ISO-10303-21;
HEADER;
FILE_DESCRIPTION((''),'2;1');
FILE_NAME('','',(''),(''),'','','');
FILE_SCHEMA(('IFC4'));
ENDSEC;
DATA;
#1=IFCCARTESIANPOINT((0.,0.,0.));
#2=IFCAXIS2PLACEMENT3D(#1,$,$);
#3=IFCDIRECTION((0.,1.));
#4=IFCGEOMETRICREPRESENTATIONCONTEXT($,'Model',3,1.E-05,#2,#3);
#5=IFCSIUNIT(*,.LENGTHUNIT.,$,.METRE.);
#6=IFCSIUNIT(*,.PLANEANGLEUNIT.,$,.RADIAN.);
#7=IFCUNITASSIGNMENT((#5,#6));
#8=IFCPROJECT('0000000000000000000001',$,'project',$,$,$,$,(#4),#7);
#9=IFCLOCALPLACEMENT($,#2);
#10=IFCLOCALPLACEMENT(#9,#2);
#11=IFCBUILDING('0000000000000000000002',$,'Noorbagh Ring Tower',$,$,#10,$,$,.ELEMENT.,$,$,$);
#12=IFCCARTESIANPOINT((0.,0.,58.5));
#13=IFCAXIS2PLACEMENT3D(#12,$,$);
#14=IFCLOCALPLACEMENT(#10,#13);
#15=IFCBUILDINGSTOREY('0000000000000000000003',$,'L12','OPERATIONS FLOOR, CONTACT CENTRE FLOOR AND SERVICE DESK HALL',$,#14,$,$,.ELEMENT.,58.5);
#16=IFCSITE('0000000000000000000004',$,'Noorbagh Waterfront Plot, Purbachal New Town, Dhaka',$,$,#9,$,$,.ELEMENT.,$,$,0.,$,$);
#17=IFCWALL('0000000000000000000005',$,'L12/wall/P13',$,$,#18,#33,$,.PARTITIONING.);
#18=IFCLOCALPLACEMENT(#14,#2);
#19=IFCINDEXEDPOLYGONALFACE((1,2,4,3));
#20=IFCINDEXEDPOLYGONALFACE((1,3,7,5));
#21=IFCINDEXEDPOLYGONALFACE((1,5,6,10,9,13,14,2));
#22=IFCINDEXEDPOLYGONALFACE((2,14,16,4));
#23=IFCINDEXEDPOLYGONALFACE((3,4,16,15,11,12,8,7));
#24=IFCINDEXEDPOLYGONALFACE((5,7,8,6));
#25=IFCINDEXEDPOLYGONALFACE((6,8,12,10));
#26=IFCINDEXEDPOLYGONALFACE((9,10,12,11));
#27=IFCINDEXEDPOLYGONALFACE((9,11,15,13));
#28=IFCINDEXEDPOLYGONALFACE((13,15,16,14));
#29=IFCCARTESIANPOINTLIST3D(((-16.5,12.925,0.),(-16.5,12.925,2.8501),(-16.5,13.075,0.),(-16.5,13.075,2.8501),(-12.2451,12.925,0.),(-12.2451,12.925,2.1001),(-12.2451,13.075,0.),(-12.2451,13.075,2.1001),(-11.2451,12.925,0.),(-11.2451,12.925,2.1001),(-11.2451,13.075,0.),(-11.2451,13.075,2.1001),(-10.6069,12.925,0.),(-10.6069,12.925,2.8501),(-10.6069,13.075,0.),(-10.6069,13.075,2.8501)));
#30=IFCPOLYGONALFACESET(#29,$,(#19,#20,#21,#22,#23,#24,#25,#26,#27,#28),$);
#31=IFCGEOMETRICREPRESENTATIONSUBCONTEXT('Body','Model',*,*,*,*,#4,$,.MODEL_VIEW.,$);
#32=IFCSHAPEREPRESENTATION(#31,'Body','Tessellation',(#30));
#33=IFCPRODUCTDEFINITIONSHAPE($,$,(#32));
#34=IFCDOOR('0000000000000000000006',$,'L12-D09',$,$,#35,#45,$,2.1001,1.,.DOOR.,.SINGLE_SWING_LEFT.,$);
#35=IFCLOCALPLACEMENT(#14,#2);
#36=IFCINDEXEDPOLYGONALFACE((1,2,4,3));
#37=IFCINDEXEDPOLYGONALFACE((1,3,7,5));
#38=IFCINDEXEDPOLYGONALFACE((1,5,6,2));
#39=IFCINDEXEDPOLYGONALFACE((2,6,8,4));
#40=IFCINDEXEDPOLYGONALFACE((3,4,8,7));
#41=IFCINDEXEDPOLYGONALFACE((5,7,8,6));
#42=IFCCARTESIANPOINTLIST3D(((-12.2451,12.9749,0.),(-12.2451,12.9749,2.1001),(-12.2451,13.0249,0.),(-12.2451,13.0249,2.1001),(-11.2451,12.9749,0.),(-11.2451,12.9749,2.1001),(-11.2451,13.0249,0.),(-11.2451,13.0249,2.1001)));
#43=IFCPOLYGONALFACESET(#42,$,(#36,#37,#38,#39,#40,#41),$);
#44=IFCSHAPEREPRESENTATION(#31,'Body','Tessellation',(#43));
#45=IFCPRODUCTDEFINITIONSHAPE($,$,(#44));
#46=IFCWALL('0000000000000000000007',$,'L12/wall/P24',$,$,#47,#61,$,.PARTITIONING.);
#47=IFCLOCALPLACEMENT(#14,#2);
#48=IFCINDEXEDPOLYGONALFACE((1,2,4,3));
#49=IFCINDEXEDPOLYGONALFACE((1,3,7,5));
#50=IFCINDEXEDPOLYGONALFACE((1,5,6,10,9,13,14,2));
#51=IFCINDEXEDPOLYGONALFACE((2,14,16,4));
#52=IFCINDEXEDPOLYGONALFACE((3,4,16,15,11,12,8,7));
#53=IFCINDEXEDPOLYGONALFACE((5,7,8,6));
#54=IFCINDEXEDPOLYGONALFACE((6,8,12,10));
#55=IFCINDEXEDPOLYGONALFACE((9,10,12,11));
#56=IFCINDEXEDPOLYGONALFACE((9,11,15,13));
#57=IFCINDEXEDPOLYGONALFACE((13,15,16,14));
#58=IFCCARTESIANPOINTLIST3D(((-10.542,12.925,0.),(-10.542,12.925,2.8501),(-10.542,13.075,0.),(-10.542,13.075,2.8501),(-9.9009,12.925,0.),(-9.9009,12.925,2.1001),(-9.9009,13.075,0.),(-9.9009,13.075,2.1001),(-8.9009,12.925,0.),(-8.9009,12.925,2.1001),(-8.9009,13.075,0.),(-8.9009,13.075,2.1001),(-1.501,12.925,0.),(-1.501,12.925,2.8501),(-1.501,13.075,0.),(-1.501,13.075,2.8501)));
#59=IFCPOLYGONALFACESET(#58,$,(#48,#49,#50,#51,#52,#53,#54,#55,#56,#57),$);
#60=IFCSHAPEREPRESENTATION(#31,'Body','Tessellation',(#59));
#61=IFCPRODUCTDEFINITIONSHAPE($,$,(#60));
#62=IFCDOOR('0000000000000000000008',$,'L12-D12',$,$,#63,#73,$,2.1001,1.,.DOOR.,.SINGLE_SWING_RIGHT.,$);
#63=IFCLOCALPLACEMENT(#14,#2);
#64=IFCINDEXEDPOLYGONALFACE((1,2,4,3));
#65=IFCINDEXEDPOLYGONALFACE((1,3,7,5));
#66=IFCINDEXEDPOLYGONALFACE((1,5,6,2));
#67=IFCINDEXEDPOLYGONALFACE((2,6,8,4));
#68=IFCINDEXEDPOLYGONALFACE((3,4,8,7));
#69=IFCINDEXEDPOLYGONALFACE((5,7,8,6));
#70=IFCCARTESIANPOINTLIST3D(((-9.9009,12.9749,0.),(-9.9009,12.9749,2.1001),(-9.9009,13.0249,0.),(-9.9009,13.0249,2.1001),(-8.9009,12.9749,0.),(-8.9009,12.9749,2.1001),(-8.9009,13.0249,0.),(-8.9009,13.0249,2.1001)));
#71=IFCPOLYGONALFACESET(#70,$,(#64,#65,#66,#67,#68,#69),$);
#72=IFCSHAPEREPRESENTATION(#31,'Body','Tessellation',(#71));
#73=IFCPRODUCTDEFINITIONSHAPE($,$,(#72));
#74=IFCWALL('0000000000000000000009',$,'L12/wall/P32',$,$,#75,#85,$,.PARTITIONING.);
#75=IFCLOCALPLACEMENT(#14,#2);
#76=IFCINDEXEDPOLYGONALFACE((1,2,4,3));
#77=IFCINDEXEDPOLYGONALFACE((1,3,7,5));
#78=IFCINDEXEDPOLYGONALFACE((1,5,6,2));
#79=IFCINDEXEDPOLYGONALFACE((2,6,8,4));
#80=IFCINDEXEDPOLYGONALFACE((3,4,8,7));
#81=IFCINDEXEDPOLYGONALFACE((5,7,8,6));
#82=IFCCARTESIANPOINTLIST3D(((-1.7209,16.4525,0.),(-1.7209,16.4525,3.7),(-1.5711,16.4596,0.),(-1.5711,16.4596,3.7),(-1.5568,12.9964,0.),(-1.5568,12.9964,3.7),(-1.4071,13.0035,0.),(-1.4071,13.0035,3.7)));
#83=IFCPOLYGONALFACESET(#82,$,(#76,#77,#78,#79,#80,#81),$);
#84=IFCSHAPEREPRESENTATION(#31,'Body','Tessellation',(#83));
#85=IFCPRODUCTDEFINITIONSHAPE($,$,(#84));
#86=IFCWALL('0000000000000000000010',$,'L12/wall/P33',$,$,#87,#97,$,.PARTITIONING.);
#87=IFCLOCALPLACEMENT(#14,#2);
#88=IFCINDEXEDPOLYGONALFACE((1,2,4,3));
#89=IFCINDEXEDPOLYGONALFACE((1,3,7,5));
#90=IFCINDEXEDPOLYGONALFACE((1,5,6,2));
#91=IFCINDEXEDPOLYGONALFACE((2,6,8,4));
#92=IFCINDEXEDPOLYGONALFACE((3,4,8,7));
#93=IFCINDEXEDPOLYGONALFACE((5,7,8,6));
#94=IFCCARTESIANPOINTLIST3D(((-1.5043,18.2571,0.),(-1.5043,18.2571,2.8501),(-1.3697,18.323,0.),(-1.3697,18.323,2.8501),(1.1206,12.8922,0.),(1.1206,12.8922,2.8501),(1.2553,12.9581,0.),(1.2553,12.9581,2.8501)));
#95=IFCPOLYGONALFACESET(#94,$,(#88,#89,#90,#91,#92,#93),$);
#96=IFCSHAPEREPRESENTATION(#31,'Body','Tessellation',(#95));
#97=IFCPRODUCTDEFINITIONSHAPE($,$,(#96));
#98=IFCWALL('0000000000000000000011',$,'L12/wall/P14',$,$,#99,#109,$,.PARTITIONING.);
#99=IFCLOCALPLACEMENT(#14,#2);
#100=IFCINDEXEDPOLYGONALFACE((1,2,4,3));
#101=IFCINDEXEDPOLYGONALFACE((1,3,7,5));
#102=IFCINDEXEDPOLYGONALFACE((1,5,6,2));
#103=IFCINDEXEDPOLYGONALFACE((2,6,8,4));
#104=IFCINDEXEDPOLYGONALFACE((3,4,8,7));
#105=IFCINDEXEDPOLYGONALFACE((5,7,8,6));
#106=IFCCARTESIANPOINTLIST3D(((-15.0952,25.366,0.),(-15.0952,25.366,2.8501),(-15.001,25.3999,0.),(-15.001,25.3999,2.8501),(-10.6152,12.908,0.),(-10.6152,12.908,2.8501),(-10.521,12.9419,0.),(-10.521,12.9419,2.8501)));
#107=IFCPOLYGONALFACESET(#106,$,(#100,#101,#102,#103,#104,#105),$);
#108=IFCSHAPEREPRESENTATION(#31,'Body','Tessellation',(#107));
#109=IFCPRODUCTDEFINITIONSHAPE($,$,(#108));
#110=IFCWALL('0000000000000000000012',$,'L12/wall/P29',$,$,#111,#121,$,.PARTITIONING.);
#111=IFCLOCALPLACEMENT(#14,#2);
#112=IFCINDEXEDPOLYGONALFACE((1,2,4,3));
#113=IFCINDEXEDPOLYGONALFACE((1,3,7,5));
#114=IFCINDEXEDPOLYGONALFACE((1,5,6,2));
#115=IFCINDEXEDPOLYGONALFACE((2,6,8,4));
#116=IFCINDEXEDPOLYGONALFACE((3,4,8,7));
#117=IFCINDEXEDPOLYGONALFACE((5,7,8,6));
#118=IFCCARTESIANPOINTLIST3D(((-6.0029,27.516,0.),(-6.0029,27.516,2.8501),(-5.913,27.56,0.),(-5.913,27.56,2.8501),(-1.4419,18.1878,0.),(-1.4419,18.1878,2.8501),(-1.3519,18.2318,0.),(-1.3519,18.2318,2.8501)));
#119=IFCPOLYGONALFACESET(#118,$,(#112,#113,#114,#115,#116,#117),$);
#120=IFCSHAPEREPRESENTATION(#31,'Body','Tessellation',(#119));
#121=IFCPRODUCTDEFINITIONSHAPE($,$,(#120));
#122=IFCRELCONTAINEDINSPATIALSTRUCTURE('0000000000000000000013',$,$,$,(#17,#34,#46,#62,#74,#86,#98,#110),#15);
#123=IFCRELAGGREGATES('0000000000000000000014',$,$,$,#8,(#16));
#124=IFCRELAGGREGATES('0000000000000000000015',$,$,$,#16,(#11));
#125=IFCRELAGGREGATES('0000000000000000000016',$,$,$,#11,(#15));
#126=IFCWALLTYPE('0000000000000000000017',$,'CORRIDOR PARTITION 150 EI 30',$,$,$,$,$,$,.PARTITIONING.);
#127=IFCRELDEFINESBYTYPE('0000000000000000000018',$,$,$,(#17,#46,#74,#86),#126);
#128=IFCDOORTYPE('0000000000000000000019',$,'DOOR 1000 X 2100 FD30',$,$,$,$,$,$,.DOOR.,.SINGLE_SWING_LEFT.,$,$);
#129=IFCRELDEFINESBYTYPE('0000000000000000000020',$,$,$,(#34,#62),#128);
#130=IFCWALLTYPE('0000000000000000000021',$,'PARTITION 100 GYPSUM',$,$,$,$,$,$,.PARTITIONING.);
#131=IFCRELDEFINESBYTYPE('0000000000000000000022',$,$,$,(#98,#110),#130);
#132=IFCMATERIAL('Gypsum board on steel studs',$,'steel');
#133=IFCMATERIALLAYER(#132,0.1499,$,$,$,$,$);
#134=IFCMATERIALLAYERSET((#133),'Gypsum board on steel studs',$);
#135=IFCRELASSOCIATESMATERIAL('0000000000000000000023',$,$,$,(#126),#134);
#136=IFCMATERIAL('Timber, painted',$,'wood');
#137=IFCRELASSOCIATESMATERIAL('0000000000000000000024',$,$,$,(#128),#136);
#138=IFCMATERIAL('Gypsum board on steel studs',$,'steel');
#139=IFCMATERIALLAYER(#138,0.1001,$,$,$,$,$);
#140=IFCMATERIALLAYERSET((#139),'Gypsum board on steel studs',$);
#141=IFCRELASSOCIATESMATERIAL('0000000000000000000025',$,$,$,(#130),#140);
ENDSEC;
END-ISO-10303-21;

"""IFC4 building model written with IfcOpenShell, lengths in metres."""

from ifc_helpers import new_model, si_unit, direction, frame, frame_2d, origin, place, context, subcontext, project, spatial, rectangle, extrude, material, layer, layer_set, type_object, element, fill, save


model = new_model("IFC4")

# Units and contexts
model_context = context("Model", 3, precision=1e-05, world=origin(), true_north=direction((0.0, 1.0)))
body_context = subcontext(model_context, "Body", "Model", "MODEL_VIEW")
ifc_project = project(units=[si_unit("LENGTHUNIT", "METRE"), si_unit("PLANEANGLEUNIT", "RADIAN")], contexts=[model_context])

# Site, building, storey
site_placement = place(None, origin())
site = spatial("IfcSite", under=ifc_project, at=site_placement, Name="Noorbagh Waterfront Plot, Purbachal New Town, Dhaka", CompositionType="ELEMENT", RefElevation=0.0)
building_placement = place(site_placement, origin())
building = spatial("IfcBuilding", under=site, at=building_placement, Name="Noorbagh Ring Tower", CompositionType="ELEMENT")
storey_placement = place(building_placement, frame((0.0, 0.0, 58.5)))
storey = spatial("IfcBuildingStorey", under=building, at=storey_placement, Name="L12", Description="OPERATIONS FLOOR, CONTACT CENTRE FLOOR AND SERVICE DESK HALL", CompositionType="ELEMENT", Elevation=58.5)

# Walls, openings, doors
ifc_material_1 = material(Name="Gypsum board on steel studs", Category="steel")
ifc_layer_1 = layer(ifc_material_1, 0.1499)
ifc_layer_set_1 = layer_set([ifc_layer_1], Name="Gypsum board on steel studs")
wall_type_1 = type_object("IfcWallType", Name="CORRIDOR PARTITION 150 EI 30", PredefinedType="PARTITIONING", material=ifc_layer_set_1)
wall_1_placement = place(storey_placement, frame((-16.5, 13.0, 0.0), z_axis=(0.0, 0.0, 1.0), x_axis=(1.0, 0.0, 0.0)))
wall_1 = element("IfcWall", 1, at=wall_1_placement, inside=storey, type_object=wall_type_1, Name="L12/wall/P13", PredefinedType="PARTITIONING", context=body_context, shape_type="SweptSolid", body=[
    extrude(rectangle(XDim=5.8931, YDim=0.1499, at=frame_2d((2.9465, 0.0))), origin(), (0.0, 0.0, 1.0), 2.8501),
])
opening_1_placement = place(wall_1_placement, frame((4.2549, 0.0, 0.0)))
opening_1 = element("IfcOpeningElement", 2, at=opening_1_placement, cuts=wall_1, PredefinedType="OPENING", context=body_context, shape_type="SweptSolid", body=[
    extrude(rectangle(XDim=1.0, YDim=2.1001, at=frame_2d((0.5, 1.05))), frame((0.0, 0.085, 0.0), z_axis=(0.0, -1.0, 0.0), x_axis=(1.0, 0.0, 0.0)), (0.0, 0.0, 1.0), 0.1699),
])
ifc_material_2 = material(Name="Timber, painted", Category="wood")
door_type = type_object("IfcDoorType", Name="DOOR 1000 X 2100 FD30", OperationType="SINGLE_SWING_LEFT", PredefinedType="DOOR", material=ifc_material_2)
door_1_placement = place(opening_1_placement, origin())
door_1 = element("IfcDoor", 3, at=door_1_placement, inside=storey, type_object=door_type, Name="L12-D09", OperationType="SINGLE_SWING_LEFT", OverallHeight=2.1001, OverallWidth=1.0, PredefinedType="DOOR", context=body_context, shape_type="SweptSolid", body=[
    extrude(rectangle(XDim=1.0, YDim=2.1001, at=frame_2d((0.5, 1.05))), frame((0.0, 0.0249, 0.0), z_axis=(0.0, -1.0, 0.0), x_axis=(1.0, 0.0, 0.0)), (0.0, 0.0, 1.0), 0.05),
])
fill(opening_1, door_1)
wall_2_placement = place(storey_placement, frame((-10.542, 13.0, 0.0), z_axis=(0.0, 0.0, 1.0), x_axis=(1.0, 0.0, 0.0)))
wall_2 = element("IfcWall", 4, at=wall_2_placement, inside=storey, type_object=wall_type_1, Name="L12/wall/P24", PredefinedType="PARTITIONING", context=body_context, shape_type="SweptSolid", body=[
    extrude(rectangle(XDim=9.041, YDim=0.1499, at=frame_2d((4.5205, 0.0))), origin(), (0.0, 0.0, 1.0), 2.8501),
])
opening_2_placement = place(wall_2_placement, frame((0.6411, 0.0, 0.0)))
opening_2 = element("IfcOpeningElement", 5, at=opening_2_placement, cuts=wall_2, PredefinedType="OPENING", context=body_context, shape_type="SweptSolid", body=[
    extrude(rectangle(XDim=1.0, YDim=2.1001, at=frame_2d((0.5, 1.05))), frame((0.0, 0.085, 0.0), z_axis=(0.0, -1.0, 0.0), x_axis=(1.0, 0.0, 0.0)), (0.0, 0.0, 1.0), 0.1699),
])
door_2_placement = place(opening_2_placement, origin())
door_2 = element("IfcDoor", 6, at=door_2_placement, inside=storey, type_object=door_type, Name="L12-D12", OperationType="SINGLE_SWING_RIGHT", OverallHeight=2.1001, OverallWidth=1.0, PredefinedType="DOOR", context=body_context, shape_type="SweptSolid", body=[
    extrude(rectangle(XDim=1.0, YDim=2.1001, at=frame_2d((0.5, 1.05))), frame((0.0, 0.0249, 0.0), z_axis=(0.0, -1.0, 0.0), x_axis=(1.0, 0.0, 0.0)), (0.0, 0.0, 1.0), 0.05),
])
fill(opening_2, door_2)

# Walls
wall_3_placement = place(storey_placement, frame((-1.646, 16.4561, 0.0), z_axis=(0.0, 0.0, 1.0), x_axis=(0.047418, -0.998875, 0.0)))
element("IfcWall", 7, at=wall_3_placement, inside=storey, type_object=wall_type_1, Name="L12/wall/P32", PredefinedType="PARTITIONING", context=body_context, shape_type="SweptSolid", body=[
    extrude(rectangle(XDim=3.46, YDim=0.1499, at=frame_2d((1.73, 0.0))), origin(), (0.0, 0.0, 1.0), 3.7),
])
wall_4_placement = place(storey_placement, frame((-1.437, 18.29, 0.0), z_axis=(0.0, 0.0, 1.0), x_axis=(0.439496, -0.898245, 0.0)))
element("IfcWall", 8, at=wall_4_placement, inside=storey, type_object=wall_type_1, Name="L12/wall/P33", PredefinedType="PARTITIONING", context=body_context, shape_type="SweptSolid", body=[
    extrude(rectangle(XDim=5.9727, YDim=0.1499, at=frame_2d((2.9863, 0.0))), origin(), (0.0, 0.0, 1.0), 2.8501),
])
ifc_material_3 = material(Name="Gypsum board on steel studs", Category="steel")
ifc_layer_2 = layer(ifc_material_3, 0.1001)
ifc_layer_set_2 = layer_set([ifc_layer_2], Name="Gypsum board on steel studs")
wall_type_2 = type_object("IfcWallType", Name="PARTITION 100 GYPSUM", PredefinedType="PARTITIONING", material=ifc_layer_set_2)
wall_5_placement = place(storey_placement, frame((-15.0481, 25.3831, 0.0), z_axis=(0.0, 0.0, 1.0), x_axis=(0.338392, -0.941005, 0.0)))
element("IfcWall", 9, at=wall_5_placement, inside=storey, type_object=wall_type_2, Name="L12/wall/P14", PredefinedType="PARTITIONING", context=body_context, shape_type="SweptSolid", body=[
    extrude(rectangle(XDim=13.239, YDim=0.1001, at=frame_2d((6.6196, 0.0))), origin(), (0.0, 0.0, 1.0), 2.8501),
])
wall_6_placement = place(storey_placement, frame((-5.958, 27.5381, 0.0), z_axis=(0.0, 0.0, 1.0), x_axis=(0.439258, -0.898361, 0.0)))
element("IfcWall", 10, at=wall_6_placement, inside=storey, type_object=wall_type_2, Name="L12/wall/P29", PredefinedType="PARTITIONING", context=body_context, shape_type="SweptSolid", body=[
    extrude(rectangle(XDim=10.3835, YDim=0.1001, at=frame_2d((5.1919, 0.0))), origin(), (0.0, 0.0, 1.0), 2.8501),
])

save(model, "model.ifc")
